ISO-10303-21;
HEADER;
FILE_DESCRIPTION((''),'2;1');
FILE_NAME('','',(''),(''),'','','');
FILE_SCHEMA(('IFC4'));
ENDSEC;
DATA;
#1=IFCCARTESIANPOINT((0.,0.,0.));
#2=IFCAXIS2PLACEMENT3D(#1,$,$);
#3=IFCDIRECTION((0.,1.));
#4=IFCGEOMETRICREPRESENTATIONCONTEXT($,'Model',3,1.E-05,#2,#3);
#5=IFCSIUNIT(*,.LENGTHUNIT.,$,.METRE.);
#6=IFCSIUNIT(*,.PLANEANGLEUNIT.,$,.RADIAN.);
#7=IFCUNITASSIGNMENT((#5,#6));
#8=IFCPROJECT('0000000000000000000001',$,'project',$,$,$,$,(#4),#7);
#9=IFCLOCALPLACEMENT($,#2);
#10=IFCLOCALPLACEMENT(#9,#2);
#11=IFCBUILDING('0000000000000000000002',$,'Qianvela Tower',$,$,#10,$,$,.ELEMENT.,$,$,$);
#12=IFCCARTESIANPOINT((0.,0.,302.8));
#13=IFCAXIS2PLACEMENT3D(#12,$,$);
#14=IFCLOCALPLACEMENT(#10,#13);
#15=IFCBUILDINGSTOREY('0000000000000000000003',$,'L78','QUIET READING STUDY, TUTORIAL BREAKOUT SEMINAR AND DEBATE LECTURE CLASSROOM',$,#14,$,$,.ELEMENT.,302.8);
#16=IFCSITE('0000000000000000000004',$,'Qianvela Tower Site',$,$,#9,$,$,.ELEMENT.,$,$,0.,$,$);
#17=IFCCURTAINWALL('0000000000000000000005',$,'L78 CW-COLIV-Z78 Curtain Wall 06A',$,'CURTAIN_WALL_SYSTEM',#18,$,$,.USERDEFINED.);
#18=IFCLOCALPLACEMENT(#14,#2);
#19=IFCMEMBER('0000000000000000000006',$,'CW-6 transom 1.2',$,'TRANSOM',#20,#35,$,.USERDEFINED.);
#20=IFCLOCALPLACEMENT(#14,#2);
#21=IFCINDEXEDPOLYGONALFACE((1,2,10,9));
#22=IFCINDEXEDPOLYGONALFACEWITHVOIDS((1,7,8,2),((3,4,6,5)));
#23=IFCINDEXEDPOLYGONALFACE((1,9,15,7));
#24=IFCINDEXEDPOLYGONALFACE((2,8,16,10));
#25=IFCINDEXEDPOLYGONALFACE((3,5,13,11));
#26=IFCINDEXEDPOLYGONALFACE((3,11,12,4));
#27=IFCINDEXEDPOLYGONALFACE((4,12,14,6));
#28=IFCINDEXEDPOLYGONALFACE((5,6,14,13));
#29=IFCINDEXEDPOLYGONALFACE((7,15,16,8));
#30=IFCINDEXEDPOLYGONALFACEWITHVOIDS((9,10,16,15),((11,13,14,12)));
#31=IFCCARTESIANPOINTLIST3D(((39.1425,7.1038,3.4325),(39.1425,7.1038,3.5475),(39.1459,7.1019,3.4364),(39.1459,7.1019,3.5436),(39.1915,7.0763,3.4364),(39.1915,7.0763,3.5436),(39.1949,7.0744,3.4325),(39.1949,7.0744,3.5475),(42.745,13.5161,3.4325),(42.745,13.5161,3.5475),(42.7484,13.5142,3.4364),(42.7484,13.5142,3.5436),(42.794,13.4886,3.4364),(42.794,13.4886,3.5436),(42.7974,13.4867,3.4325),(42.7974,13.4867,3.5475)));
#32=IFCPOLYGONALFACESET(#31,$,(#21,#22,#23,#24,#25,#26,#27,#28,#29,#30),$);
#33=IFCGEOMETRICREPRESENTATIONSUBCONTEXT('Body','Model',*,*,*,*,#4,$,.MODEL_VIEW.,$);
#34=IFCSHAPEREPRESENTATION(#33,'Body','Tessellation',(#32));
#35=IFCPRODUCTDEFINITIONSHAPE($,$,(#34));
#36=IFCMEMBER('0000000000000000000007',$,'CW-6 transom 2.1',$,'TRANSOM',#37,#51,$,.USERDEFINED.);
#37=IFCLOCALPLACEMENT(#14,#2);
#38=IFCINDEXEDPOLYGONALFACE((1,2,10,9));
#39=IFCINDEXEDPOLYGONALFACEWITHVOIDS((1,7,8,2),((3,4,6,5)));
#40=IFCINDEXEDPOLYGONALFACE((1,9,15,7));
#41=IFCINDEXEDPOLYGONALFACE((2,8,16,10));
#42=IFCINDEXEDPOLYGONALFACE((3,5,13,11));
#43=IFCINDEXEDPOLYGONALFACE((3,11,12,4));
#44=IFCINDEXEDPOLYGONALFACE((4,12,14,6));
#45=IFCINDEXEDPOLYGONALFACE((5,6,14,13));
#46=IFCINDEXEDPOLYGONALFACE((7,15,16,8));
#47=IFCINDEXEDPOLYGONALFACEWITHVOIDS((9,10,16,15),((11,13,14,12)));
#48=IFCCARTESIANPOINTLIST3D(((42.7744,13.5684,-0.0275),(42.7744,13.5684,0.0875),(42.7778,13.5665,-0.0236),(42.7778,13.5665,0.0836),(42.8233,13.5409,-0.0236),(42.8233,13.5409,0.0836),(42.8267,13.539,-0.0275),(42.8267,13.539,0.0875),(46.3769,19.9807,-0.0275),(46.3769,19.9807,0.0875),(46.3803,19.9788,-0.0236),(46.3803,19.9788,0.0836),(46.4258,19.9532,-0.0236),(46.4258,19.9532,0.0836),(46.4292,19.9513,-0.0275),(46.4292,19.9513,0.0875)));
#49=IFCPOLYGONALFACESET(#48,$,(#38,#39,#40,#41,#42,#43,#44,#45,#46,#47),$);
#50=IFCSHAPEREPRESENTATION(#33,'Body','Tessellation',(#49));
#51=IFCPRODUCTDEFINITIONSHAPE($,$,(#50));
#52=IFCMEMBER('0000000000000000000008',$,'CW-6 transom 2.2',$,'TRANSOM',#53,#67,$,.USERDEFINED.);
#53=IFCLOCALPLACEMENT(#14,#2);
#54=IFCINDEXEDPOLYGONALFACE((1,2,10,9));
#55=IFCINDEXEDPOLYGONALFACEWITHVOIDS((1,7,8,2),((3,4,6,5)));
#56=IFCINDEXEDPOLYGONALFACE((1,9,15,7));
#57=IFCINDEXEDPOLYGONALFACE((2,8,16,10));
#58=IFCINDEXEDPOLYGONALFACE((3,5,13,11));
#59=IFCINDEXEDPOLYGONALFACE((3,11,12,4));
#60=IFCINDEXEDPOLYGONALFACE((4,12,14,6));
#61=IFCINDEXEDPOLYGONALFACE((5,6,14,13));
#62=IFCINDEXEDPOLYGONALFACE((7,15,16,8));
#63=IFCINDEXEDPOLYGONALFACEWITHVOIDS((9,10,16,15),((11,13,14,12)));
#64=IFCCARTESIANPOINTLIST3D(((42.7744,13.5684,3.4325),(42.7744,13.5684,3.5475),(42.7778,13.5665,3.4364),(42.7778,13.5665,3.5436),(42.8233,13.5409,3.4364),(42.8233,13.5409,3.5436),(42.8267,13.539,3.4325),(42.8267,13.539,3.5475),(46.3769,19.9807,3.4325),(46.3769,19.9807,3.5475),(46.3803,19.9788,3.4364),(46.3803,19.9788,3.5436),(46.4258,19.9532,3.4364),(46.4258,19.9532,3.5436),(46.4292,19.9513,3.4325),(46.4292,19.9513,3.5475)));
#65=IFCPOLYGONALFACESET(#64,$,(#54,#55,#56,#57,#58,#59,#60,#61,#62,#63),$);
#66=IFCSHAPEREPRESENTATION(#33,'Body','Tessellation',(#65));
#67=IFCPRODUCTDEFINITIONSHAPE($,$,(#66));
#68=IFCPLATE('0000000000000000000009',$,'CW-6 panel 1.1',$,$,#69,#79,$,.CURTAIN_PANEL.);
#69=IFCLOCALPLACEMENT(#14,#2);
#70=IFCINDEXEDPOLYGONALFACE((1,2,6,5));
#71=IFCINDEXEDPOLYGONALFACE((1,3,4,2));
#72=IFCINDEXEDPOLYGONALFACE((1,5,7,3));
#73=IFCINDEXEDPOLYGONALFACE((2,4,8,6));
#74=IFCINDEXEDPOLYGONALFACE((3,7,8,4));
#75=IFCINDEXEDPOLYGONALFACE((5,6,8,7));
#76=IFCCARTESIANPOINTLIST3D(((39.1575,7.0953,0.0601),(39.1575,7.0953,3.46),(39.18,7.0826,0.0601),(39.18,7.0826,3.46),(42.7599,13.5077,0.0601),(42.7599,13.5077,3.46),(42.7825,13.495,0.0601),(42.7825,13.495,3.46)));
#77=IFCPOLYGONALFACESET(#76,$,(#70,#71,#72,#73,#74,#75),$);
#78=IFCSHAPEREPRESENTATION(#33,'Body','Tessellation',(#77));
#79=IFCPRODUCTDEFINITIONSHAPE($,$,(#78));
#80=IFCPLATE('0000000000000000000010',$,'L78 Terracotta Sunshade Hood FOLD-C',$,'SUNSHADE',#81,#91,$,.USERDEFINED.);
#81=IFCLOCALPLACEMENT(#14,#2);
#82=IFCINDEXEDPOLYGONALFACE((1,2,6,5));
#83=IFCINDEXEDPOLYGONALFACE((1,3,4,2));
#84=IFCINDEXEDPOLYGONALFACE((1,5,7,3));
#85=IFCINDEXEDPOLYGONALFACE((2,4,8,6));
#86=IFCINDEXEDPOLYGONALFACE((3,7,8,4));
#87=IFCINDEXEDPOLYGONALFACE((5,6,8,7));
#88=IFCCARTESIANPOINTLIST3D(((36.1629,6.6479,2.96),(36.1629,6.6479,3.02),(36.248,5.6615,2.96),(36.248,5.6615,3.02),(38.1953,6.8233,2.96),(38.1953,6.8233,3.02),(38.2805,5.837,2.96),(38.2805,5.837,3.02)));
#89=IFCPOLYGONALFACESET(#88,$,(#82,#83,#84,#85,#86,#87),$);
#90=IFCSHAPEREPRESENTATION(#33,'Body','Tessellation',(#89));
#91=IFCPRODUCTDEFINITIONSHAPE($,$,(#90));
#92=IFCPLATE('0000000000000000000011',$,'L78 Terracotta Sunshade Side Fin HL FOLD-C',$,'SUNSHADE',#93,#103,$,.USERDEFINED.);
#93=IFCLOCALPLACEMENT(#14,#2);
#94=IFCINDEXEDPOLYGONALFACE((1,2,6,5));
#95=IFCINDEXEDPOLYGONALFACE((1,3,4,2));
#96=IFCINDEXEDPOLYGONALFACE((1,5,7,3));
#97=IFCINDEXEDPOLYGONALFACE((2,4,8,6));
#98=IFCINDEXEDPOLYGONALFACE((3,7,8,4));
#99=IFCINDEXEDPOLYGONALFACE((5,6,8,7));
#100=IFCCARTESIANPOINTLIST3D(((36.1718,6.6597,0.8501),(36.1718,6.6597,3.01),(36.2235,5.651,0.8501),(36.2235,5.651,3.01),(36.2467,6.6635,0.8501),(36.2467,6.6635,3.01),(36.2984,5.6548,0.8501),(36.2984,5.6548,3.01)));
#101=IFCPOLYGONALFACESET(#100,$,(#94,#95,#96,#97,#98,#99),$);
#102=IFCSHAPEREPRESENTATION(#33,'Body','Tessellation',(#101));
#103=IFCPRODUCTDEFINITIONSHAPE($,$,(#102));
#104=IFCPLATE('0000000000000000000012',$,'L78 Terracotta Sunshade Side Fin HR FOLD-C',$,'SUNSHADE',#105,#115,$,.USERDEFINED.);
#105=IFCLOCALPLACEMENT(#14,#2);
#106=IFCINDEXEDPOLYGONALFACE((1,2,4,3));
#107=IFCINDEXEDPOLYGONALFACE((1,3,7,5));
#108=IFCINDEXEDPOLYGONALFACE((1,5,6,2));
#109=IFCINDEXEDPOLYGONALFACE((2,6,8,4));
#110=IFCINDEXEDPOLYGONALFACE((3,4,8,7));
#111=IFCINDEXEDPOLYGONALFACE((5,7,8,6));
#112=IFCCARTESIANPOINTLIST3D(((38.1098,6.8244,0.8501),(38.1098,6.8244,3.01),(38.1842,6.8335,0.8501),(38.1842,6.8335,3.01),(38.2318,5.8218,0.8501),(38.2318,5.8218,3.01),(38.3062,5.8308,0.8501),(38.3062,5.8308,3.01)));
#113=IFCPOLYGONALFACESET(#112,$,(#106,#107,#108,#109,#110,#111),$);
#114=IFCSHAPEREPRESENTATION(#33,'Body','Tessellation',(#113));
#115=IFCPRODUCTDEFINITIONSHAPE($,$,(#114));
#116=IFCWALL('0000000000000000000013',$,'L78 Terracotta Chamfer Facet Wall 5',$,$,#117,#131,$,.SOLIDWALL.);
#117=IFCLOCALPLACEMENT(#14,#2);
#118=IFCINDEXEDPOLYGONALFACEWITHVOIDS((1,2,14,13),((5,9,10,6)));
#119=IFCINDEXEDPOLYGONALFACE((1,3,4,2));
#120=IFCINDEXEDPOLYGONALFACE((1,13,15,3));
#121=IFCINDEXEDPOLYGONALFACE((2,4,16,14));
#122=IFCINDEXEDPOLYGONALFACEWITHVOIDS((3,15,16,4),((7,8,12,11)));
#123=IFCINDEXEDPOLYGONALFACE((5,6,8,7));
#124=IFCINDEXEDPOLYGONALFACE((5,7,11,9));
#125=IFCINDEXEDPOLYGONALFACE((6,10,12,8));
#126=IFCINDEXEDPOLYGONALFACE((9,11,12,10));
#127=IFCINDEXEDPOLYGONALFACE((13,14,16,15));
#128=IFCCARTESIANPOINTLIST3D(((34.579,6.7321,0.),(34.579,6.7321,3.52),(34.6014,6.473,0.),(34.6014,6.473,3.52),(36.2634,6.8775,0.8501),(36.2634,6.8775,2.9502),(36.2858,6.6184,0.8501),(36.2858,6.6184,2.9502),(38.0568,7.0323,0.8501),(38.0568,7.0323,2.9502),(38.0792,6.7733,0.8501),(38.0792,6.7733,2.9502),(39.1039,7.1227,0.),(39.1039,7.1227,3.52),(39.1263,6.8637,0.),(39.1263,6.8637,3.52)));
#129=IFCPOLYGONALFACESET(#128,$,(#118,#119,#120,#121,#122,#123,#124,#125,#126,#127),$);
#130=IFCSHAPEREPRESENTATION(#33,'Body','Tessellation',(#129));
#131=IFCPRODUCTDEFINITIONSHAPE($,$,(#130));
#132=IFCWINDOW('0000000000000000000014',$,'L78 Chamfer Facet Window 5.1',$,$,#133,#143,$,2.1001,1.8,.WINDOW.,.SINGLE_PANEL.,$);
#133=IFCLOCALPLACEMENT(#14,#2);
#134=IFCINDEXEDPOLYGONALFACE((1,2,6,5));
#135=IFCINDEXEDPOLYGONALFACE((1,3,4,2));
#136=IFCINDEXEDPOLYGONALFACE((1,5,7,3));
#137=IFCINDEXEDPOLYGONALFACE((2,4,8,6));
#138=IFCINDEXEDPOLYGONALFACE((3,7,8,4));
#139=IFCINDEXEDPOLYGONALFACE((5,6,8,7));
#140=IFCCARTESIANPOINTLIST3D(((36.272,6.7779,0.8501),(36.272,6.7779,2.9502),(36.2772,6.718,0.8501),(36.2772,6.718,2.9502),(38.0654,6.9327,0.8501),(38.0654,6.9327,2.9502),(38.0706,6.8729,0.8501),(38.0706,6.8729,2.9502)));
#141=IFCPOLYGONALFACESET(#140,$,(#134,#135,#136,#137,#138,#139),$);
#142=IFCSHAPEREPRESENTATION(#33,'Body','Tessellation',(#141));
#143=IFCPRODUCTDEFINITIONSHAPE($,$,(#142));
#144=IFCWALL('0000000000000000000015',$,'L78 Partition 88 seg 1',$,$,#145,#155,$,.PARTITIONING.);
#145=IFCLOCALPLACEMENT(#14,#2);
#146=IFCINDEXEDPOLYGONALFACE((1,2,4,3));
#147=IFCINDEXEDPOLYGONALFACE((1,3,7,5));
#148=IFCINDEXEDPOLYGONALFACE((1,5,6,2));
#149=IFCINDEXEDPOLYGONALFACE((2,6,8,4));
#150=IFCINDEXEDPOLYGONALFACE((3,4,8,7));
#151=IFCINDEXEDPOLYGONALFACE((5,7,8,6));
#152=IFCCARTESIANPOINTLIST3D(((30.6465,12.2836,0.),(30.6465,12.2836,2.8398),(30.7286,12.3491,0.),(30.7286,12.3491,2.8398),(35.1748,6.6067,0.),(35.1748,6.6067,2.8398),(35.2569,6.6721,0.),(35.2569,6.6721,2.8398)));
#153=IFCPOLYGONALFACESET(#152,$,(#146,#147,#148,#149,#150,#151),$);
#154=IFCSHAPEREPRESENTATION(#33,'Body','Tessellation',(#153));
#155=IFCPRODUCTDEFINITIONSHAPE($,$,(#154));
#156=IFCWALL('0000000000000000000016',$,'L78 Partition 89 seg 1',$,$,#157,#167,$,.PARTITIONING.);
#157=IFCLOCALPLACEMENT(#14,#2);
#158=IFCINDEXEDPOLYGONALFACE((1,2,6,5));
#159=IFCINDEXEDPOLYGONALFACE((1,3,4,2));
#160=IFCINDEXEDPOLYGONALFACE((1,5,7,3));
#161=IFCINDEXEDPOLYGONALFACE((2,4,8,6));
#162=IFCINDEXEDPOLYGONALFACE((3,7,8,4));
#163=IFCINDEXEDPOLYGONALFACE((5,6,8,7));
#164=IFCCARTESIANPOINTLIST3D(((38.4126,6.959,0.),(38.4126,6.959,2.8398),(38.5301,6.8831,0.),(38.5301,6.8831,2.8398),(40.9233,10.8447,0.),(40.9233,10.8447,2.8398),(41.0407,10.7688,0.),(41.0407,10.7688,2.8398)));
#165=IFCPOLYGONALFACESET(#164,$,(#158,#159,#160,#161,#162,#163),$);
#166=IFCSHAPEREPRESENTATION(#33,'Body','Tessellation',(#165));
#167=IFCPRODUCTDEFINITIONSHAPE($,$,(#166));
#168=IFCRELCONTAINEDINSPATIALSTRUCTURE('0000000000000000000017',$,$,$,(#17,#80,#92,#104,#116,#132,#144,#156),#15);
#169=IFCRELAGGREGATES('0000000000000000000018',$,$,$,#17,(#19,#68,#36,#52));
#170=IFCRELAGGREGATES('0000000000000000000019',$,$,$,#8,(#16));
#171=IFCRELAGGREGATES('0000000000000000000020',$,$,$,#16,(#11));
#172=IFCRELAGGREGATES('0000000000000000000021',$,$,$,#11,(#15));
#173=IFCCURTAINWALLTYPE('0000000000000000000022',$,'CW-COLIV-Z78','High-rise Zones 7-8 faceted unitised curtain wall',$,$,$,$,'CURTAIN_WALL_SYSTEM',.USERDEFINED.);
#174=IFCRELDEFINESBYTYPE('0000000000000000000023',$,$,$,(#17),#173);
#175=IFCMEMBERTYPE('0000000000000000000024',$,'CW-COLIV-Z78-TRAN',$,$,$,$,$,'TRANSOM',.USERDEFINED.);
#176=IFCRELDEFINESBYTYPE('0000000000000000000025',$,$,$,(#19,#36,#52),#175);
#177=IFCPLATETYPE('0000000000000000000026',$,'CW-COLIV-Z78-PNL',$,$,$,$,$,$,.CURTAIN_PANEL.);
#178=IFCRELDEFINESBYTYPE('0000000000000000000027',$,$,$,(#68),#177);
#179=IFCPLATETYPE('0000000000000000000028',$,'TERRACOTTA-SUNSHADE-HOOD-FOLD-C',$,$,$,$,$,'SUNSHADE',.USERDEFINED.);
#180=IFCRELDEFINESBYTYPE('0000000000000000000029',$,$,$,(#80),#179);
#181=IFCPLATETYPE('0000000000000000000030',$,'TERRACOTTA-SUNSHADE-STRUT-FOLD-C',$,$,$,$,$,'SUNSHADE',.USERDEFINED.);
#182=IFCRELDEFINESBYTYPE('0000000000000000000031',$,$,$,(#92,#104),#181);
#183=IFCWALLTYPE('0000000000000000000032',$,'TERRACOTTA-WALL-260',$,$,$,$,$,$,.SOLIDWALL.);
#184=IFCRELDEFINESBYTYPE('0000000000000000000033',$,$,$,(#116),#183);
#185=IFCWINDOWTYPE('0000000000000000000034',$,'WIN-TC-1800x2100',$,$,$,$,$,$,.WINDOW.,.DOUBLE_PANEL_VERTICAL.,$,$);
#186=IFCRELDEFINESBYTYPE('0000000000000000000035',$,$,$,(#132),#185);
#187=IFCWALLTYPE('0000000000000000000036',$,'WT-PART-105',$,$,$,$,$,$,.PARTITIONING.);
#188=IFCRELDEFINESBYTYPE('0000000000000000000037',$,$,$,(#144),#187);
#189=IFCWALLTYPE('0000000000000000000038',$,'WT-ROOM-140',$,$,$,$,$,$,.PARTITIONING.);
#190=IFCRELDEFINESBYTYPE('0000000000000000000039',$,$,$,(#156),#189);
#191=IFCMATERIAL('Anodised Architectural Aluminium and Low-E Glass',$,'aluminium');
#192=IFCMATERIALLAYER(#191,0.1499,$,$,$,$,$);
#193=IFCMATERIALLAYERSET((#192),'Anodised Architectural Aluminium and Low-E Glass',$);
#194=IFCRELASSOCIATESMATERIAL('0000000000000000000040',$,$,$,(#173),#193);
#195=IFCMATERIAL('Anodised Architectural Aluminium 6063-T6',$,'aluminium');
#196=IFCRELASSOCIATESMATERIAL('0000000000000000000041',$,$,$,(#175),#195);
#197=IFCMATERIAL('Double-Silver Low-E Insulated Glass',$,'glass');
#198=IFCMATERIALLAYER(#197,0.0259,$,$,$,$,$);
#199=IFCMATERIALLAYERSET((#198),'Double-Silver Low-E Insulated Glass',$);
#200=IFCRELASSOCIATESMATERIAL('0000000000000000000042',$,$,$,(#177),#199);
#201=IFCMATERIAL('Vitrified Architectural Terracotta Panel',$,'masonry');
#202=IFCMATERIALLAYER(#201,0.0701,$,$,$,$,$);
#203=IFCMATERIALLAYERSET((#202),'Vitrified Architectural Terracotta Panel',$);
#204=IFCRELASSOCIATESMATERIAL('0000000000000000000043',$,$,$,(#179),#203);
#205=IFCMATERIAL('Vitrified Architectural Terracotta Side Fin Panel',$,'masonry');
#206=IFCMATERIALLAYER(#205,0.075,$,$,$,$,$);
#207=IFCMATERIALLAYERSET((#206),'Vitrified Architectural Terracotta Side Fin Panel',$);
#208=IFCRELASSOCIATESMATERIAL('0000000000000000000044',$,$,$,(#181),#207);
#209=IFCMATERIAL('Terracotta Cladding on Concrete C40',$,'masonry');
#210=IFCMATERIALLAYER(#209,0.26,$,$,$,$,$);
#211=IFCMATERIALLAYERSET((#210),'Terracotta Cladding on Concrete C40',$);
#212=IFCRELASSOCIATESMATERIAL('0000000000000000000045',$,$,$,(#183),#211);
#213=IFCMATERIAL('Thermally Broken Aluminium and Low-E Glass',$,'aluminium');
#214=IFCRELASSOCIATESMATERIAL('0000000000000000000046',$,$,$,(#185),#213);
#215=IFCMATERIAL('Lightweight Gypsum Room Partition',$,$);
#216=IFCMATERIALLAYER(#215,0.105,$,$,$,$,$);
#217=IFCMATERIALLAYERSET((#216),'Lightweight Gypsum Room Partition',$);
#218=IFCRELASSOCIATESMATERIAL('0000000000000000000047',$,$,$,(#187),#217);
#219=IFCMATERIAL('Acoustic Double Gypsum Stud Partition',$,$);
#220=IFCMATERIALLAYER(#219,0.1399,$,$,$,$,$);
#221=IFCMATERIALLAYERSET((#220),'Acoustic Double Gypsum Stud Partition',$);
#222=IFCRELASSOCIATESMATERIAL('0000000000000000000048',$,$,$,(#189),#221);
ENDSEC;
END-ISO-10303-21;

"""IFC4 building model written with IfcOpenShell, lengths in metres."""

from ifc_helpers import new_model, si_unit, direction, frame, frame_2d, origin, origin_2d, place, context, subcontext, project, spatial, rectangle, hollow_rectangle, extrude, material, layer, layer_set, material_profile, profile_set, type_object, element, fill, aggregate, save


model = new_model("IFC4")

# Units and contexts
model_context = context("Model", 3, precision=1e-05, world=origin(), true_north=direction((0.0, 1.0)))
body_context = subcontext(model_context, "Body", "Model", "MODEL_VIEW")
ifc_project = project(units=[si_unit("LENGTHUNIT", "METRE"), si_unit("PLANEANGLEUNIT", "RADIAN")], contexts=[model_context])

# Site, building, storey
site_placement = place(None, origin())
site = spatial("IfcSite", under=ifc_project, at=site_placement, Name="Qianvela Tower Site", CompositionType="ELEMENT", RefElevation=0.0)
building_placement = place(site_placement, origin())
building = spatial("IfcBuilding", under=site, at=building_placement, Name="Qianvela Tower", CompositionType="ELEMENT")
storey_placement = place(building_placement, frame((0.0, 0.0, 302.8)))
storey = spatial("IfcBuildingStorey", under=building, at=storey_placement, Name="L78", Description="QUIET READING STUDY, TUTORIAL BREAKOUT SEMINAR AND DEBATE LECTURE CLASSROOM", CompositionType="ELEMENT", Elevation=302.8)

# Shared definitions
ifc_material_1 = material(Name="Anodised Architectural Aluminium and Low-E Glass", Category="aluminium")
ifc_layer_1 = layer(ifc_material_1, 0.1499)
ifc_layer_set_1 = layer_set([ifc_layer_1], Name="Anodised Architectural Aluminium and Low-E Glass")
curtain_wall_type = type_object("IfcCurtainWallType", Name="CW-COLIV-Z78", Description="High-rise Zones 7-8 faceted unitised curtain wall", ElementType="CURTAIN_WALL_SYSTEM", PredefinedType="USERDEFINED", material=ifc_layer_set_1)

# Curtain wall, members, plate
curtain_wall_1_placement = place(storey_placement, origin())
curtain_wall_1 = element("IfcCurtainWall", 1, at=curtain_wall_1_placement, inside=storey, type_object=curtain_wall_type, Name="L78 CW-COLIV-Z78 Curtain Wall 06A", ObjectType="CURTAIN_WALL_SYSTEM", PredefinedType="USERDEFINED")
ifc_material_2 = material(Name="Anodised Architectural Aluminium 6063-T6", Category="aluminium")
ifc_material_profile_1 = material_profile(ifc_material_2, hollow_rectangle(XDim=0.0601, YDim=0.115, WallThickness=0.0039, at=origin_2d()), Name="ALU-TRAN-60x115")
ifc_profile_set_1 = profile_set([ifc_material_profile_1], Name="Anodised Architectural Aluminium 6063-T6")
member_type_1 = type_object("IfcMemberType", Name="CW-COLIV-Z78-TRAN", ElementType="TRANSOM", PredefinedType="USERDEFINED", material=ifc_profile_set_1)
member_1_placement = place(storey_placement, frame((39.1687, 7.0891, 3.49), z_axis=(0.489806, 0.871832, 0.0), x_axis=(-0.871832, 0.489806, 0.0)))
member_1 = element("IfcMember", 2, at=member_1_placement, type_object=member_type_1, Name="CW-6 transom 1.2", ObjectType="TRANSOM", PredefinedType="USERDEFINED", context=body_context, shape_type="SweptSolid", body=[
    extrude(hollow_rectangle(XDim=0.0601, YDim=0.115, WallThickness=0.0039, at=origin_2d()), origin(), (0.0, 0.0, 1.0), 7.355),
])
member_2_placement = place(storey_placement, frame((42.8005, 13.5537, 0.03), z_axis=(0.489806, 0.871832, 0.0), x_axis=(-0.871832, 0.489806, 0.0)))
member_2 = element("IfcMember", 3, at=member_2_placement, type_object=member_type_1, Name="CW-6 transom 2.1", ObjectType="TRANSOM", PredefinedType="USERDEFINED", context=body_context, shape_type="SweptSolid", body=[
    extrude(hollow_rectangle(XDim=0.0601, YDim=0.115, WallThickness=0.0039, at=origin_2d()), origin(), (0.0, 0.0, 1.0), 7.355),
])
member_3_placement = place(storey_placement, frame((42.8005, 13.5537, 3.49), z_axis=(0.489806, 0.871832, 0.0), x_axis=(-0.871832, 0.489806, 0.0)))
member_3 = element("IfcMember", 4, at=member_3_placement, type_object=member_type_1, Name="CW-6 transom 2.2", ObjectType="TRANSOM", PredefinedType="USERDEFINED", context=body_context, shape_type="SweptSolid", body=[
    extrude(hollow_rectangle(XDim=0.0601, YDim=0.115, WallThickness=0.0039, at=origin_2d()), origin(), (0.0, 0.0, 1.0), 7.355),
])
ifc_material_3 = material(Name="Double-Silver Low-E Insulated Glass", Category="glass")
ifc_layer_2 = layer(ifc_material_3, 0.0259)
ifc_layer_set_2 = layer_set([ifc_layer_2], Name="Double-Silver Low-E Insulated Glass")
plate_type_1 = type_object("IfcPlateType", Name="CW-COLIV-Z78-PNL", PredefinedType="CURTAIN_PANEL", material=ifc_layer_set_2)
plate_1_placement = place(storey_placement, frame((40.97, 10.2952, 0.0601), z_axis=(0.0, 0.0, 1.0), x_axis=(0.489791, 0.87184, 0.0)))
plate_1 = element("IfcPlate", 5, at=plate_1_placement, type_object=plate_type_1, Name="CW-6 panel 1.1", PredefinedType="CURTAIN_PANEL", context=body_context, shape_type="SweptSolid", body=[
    extrude(rectangle(XDim=7.355, YDim=0.0259, at=origin_2d()), origin(), (0.0, 0.0, 1.0), 3.3999),
])
aggregate(curtain_wall_1, [member_1, plate_1, member_2, member_3])

# Plates
ifc_material_4 = material(Name="Vitrified Architectural Terracotta Panel", Category="masonry")
ifc_layer_3 = layer(ifc_material_4, 0.0701)
ifc_layer_set_3 = layer_set([ifc_layer_3], Name="Vitrified Architectural Terracotta Panel")
plate_type_2 = type_object("IfcPlateType", Name="TERRACOTTA-SUNSHADE-HOOD-FOLD-C", ElementType="SUNSHADE", PredefinedType="USERDEFINED", material=ifc_layer_set_3)
plate_2_placement = place(storey_placement, frame((37.2217, 6.2424, 2.96), z_axis=(0.0, 0.0, 1.0), x_axis=(0.996295, 0.086003, 0.0)))
element("IfcPlate", 6, at=plate_2_placement, inside=storey, type_object=plate_type_2, Name="L78 Terracotta Sunshade Hood FOLD-C", ObjectType="SUNSHADE", PredefinedType="USERDEFINED", context=body_context, shape_type="SweptSolid", body=[
    extrude(rectangle(XDim=2.04, YDim=0.99, at=origin_2d()), origin(), (0.0, 0.0, 1.0), 0.0601),
])
ifc_material_5 = material(Name="Vitrified Architectural Terracotta Side Fin Panel", Category="masonry")
ifc_layer_4 = layer(ifc_material_5, 0.075)
ifc_layer_set_4 = layer_set([ifc_layer_4], Name="Vitrified Architectural Terracotta Side Fin Panel")
plate_type_3 = type_object("IfcPlateType", Name="TERRACOTTA-SUNSHADE-STRUT-FOLD-C", ElementType="SUNSHADE", PredefinedType="USERDEFINED", material=ifc_layer_set_4)
for number, where, z_axis, x_axis, name in (
    (7, (36.2351, 6.1572, 0.8501), (0.0, 0.0, 1.0), (0.998689, 0.05118, 0.0), "L78 Terracotta Sunshade Side Fin HL FOLD-C"),
    (8, (38.208, 6.3276, 0.8501), (0.0, 0.0, 1.0), (0.992687, 0.120721, 0.0), "L78 Terracotta Sunshade Side Fin HR FOLD-C"),
):
    element("IfcPlate", number, at=place(storey_placement, frame(where, z_axis=z_axis, x_axis=x_axis)), inside=storey, type_object=plate_type_3, Name=name, ObjectType="SUNSHADE", PredefinedType="USERDEFINED", context=body_context, shape_type="SweptSolid", body=[
        extrude(rectangle(XDim=0.075, YDim=1.01, at=origin_2d()), origin(), (0.0, 0.0, 1.0), 2.1599),
    ])

# Wall, opening, window
ifc_material_6 = material(Name="Terracotta Cladding on Concrete C40", Category="masonry")
ifc_layer_5 = layer(ifc_material_6, 0.26)
ifc_layer_set_5 = layer_set([ifc_layer_5], Name="Terracotta Cladding on Concrete C40")
wall_type_1 = type_object("IfcWallType", Name="TERRACOTTA-WALL-260", PredefinedType="SOLIDWALL", material=ifc_layer_set_5)
wall_1_placement = place(storey_placement, frame((34.5901, 6.6025, 0.0), z_axis=(0.0, 0.0, 1.0), x_axis=(0.996294, 0.086008, 0.0)))
wall_1 = element("IfcWall", 9, at=wall_1_placement, inside=storey, type_object=wall_type_1, Name="L78 Terracotta Chamfer Facet Wall 5", PredefinedType="SOLIDWALL", context=body_context, shape_type="SweptSolid", body=[
    extrude(rectangle(XDim=4.5417, YDim=0.26, at=frame_2d((2.271, 0.0))), origin(), (0.0, 0.0, 1.0), 3.52),
])
opening_placement = place(wall_1_placement, frame((1.6909, 0.0, 0.8501)))
opening = element("IfcOpeningElement", 10, at=opening_placement, cuts=wall_1, PredefinedType="OPENING", context=body_context, shape_type="SweptSolid", body=[
    extrude(rectangle(XDim=1.8, YDim=2.1001, at=frame_2d((0.8999, 1.05))), frame((0.0, 0.1399, 0.0), z_axis=(0.0, -1.0, 0.0), x_axis=(1.0, 0.0, 0.0)), (0.0, 0.0, 1.0), 0.28),
])
ifc_material_7 = material(Name="Thermally Broken Aluminium and Low-E Glass", Category="aluminium")
window_type = type_object("IfcWindowType", Name="WIN-TC-1800x2100", PartitioningType="DOUBLE_PANEL_VERTICAL", PredefinedType="WINDOW", material=ifc_material_7)
window_placement = place(opening_placement, origin())
window = element("IfcWindow", 11, at=window_placement, inside=storey, type_object=window_type, Name="L78 Chamfer Facet Window 5.1", OverallHeight=2.1001, OverallWidth=1.8, PartitioningType="SINGLE_PANEL", PredefinedType="WINDOW", context=body_context, shape_type="SweptSolid", body=[
    extrude(rectangle(XDim=1.8, YDim=2.1001, at=frame_2d((0.8999, 1.05))), frame((0.0, 0.03, 0.0), z_axis=(0.0, -1.0, 0.0), x_axis=(1.0, 0.0, 0.0)), (0.0, 0.0, 1.0), 0.0601),
])
fill(opening, window)

# Walls
ifc_material_8 = material(Name="Lightweight Gypsum Room Partition")
ifc_layer_6 = layer(ifc_material_8, 0.105)
ifc_layer_set_6 = layer_set([ifc_layer_6], Name="Lightweight Gypsum Room Partition")
wall_type_2 = type_object("IfcWallType", Name="WT-PART-105", PredefinedType="PARTITIONING", material=ifc_layer_set_6)
wall_2_placement = place(storey_placement, frame((35.2158, 6.6394, 0.0), z_axis=(0.0, 0.0, 1.0), x_axis=(-0.623579, 0.78176, 0.0)))
element("IfcWall", 12, at=wall_2_placement, inside=storey, type_object=wall_type_2, Name="L78 Partition 88 seg 1", PredefinedType="PARTITIONING", context=body_context, shape_type="SweptSolid", body=[
    extrude(rectangle(XDim=7.2617, YDim=0.105, at=frame_2d((3.6309, 0.0))), origin(), (0.0, 0.0, 1.0), 2.8398),
])
ifc_material_9 = material(Name="Acoustic Double Gypsum Stud Partition")
ifc_layer_7 = layer(ifc_material_9, 0.1399)
ifc_layer_set_7 = layer_set([ifc_layer_7], Name="Acoustic Double Gypsum Stud Partition")
wall_type_3 = type_object("IfcWallType", Name="WT-ROOM-140", PredefinedType="PARTITIONING", material=ifc_layer_set_7)
wall_3_placement = place(storey_placement, frame((40.9819, 10.8066, 0.0), z_axis=(0.0, 0.0, 1.0), x_axis=(-0.542709, -0.839921, 0.0)))
element("IfcWall", 13, at=wall_3_placement, inside=storey, type_object=wall_type_3, Name="L78 Partition 89 seg 1", PredefinedType="PARTITIONING", context=body_context, shape_type="SweptSolid", body=[
    extrude(rectangle(XDim=4.6262, YDim=0.1399, at=frame_2d((2.313, 0.0))), origin(), (0.0, 0.0, 1.0), 2.8398),
])

save(model, "model.ifc")
